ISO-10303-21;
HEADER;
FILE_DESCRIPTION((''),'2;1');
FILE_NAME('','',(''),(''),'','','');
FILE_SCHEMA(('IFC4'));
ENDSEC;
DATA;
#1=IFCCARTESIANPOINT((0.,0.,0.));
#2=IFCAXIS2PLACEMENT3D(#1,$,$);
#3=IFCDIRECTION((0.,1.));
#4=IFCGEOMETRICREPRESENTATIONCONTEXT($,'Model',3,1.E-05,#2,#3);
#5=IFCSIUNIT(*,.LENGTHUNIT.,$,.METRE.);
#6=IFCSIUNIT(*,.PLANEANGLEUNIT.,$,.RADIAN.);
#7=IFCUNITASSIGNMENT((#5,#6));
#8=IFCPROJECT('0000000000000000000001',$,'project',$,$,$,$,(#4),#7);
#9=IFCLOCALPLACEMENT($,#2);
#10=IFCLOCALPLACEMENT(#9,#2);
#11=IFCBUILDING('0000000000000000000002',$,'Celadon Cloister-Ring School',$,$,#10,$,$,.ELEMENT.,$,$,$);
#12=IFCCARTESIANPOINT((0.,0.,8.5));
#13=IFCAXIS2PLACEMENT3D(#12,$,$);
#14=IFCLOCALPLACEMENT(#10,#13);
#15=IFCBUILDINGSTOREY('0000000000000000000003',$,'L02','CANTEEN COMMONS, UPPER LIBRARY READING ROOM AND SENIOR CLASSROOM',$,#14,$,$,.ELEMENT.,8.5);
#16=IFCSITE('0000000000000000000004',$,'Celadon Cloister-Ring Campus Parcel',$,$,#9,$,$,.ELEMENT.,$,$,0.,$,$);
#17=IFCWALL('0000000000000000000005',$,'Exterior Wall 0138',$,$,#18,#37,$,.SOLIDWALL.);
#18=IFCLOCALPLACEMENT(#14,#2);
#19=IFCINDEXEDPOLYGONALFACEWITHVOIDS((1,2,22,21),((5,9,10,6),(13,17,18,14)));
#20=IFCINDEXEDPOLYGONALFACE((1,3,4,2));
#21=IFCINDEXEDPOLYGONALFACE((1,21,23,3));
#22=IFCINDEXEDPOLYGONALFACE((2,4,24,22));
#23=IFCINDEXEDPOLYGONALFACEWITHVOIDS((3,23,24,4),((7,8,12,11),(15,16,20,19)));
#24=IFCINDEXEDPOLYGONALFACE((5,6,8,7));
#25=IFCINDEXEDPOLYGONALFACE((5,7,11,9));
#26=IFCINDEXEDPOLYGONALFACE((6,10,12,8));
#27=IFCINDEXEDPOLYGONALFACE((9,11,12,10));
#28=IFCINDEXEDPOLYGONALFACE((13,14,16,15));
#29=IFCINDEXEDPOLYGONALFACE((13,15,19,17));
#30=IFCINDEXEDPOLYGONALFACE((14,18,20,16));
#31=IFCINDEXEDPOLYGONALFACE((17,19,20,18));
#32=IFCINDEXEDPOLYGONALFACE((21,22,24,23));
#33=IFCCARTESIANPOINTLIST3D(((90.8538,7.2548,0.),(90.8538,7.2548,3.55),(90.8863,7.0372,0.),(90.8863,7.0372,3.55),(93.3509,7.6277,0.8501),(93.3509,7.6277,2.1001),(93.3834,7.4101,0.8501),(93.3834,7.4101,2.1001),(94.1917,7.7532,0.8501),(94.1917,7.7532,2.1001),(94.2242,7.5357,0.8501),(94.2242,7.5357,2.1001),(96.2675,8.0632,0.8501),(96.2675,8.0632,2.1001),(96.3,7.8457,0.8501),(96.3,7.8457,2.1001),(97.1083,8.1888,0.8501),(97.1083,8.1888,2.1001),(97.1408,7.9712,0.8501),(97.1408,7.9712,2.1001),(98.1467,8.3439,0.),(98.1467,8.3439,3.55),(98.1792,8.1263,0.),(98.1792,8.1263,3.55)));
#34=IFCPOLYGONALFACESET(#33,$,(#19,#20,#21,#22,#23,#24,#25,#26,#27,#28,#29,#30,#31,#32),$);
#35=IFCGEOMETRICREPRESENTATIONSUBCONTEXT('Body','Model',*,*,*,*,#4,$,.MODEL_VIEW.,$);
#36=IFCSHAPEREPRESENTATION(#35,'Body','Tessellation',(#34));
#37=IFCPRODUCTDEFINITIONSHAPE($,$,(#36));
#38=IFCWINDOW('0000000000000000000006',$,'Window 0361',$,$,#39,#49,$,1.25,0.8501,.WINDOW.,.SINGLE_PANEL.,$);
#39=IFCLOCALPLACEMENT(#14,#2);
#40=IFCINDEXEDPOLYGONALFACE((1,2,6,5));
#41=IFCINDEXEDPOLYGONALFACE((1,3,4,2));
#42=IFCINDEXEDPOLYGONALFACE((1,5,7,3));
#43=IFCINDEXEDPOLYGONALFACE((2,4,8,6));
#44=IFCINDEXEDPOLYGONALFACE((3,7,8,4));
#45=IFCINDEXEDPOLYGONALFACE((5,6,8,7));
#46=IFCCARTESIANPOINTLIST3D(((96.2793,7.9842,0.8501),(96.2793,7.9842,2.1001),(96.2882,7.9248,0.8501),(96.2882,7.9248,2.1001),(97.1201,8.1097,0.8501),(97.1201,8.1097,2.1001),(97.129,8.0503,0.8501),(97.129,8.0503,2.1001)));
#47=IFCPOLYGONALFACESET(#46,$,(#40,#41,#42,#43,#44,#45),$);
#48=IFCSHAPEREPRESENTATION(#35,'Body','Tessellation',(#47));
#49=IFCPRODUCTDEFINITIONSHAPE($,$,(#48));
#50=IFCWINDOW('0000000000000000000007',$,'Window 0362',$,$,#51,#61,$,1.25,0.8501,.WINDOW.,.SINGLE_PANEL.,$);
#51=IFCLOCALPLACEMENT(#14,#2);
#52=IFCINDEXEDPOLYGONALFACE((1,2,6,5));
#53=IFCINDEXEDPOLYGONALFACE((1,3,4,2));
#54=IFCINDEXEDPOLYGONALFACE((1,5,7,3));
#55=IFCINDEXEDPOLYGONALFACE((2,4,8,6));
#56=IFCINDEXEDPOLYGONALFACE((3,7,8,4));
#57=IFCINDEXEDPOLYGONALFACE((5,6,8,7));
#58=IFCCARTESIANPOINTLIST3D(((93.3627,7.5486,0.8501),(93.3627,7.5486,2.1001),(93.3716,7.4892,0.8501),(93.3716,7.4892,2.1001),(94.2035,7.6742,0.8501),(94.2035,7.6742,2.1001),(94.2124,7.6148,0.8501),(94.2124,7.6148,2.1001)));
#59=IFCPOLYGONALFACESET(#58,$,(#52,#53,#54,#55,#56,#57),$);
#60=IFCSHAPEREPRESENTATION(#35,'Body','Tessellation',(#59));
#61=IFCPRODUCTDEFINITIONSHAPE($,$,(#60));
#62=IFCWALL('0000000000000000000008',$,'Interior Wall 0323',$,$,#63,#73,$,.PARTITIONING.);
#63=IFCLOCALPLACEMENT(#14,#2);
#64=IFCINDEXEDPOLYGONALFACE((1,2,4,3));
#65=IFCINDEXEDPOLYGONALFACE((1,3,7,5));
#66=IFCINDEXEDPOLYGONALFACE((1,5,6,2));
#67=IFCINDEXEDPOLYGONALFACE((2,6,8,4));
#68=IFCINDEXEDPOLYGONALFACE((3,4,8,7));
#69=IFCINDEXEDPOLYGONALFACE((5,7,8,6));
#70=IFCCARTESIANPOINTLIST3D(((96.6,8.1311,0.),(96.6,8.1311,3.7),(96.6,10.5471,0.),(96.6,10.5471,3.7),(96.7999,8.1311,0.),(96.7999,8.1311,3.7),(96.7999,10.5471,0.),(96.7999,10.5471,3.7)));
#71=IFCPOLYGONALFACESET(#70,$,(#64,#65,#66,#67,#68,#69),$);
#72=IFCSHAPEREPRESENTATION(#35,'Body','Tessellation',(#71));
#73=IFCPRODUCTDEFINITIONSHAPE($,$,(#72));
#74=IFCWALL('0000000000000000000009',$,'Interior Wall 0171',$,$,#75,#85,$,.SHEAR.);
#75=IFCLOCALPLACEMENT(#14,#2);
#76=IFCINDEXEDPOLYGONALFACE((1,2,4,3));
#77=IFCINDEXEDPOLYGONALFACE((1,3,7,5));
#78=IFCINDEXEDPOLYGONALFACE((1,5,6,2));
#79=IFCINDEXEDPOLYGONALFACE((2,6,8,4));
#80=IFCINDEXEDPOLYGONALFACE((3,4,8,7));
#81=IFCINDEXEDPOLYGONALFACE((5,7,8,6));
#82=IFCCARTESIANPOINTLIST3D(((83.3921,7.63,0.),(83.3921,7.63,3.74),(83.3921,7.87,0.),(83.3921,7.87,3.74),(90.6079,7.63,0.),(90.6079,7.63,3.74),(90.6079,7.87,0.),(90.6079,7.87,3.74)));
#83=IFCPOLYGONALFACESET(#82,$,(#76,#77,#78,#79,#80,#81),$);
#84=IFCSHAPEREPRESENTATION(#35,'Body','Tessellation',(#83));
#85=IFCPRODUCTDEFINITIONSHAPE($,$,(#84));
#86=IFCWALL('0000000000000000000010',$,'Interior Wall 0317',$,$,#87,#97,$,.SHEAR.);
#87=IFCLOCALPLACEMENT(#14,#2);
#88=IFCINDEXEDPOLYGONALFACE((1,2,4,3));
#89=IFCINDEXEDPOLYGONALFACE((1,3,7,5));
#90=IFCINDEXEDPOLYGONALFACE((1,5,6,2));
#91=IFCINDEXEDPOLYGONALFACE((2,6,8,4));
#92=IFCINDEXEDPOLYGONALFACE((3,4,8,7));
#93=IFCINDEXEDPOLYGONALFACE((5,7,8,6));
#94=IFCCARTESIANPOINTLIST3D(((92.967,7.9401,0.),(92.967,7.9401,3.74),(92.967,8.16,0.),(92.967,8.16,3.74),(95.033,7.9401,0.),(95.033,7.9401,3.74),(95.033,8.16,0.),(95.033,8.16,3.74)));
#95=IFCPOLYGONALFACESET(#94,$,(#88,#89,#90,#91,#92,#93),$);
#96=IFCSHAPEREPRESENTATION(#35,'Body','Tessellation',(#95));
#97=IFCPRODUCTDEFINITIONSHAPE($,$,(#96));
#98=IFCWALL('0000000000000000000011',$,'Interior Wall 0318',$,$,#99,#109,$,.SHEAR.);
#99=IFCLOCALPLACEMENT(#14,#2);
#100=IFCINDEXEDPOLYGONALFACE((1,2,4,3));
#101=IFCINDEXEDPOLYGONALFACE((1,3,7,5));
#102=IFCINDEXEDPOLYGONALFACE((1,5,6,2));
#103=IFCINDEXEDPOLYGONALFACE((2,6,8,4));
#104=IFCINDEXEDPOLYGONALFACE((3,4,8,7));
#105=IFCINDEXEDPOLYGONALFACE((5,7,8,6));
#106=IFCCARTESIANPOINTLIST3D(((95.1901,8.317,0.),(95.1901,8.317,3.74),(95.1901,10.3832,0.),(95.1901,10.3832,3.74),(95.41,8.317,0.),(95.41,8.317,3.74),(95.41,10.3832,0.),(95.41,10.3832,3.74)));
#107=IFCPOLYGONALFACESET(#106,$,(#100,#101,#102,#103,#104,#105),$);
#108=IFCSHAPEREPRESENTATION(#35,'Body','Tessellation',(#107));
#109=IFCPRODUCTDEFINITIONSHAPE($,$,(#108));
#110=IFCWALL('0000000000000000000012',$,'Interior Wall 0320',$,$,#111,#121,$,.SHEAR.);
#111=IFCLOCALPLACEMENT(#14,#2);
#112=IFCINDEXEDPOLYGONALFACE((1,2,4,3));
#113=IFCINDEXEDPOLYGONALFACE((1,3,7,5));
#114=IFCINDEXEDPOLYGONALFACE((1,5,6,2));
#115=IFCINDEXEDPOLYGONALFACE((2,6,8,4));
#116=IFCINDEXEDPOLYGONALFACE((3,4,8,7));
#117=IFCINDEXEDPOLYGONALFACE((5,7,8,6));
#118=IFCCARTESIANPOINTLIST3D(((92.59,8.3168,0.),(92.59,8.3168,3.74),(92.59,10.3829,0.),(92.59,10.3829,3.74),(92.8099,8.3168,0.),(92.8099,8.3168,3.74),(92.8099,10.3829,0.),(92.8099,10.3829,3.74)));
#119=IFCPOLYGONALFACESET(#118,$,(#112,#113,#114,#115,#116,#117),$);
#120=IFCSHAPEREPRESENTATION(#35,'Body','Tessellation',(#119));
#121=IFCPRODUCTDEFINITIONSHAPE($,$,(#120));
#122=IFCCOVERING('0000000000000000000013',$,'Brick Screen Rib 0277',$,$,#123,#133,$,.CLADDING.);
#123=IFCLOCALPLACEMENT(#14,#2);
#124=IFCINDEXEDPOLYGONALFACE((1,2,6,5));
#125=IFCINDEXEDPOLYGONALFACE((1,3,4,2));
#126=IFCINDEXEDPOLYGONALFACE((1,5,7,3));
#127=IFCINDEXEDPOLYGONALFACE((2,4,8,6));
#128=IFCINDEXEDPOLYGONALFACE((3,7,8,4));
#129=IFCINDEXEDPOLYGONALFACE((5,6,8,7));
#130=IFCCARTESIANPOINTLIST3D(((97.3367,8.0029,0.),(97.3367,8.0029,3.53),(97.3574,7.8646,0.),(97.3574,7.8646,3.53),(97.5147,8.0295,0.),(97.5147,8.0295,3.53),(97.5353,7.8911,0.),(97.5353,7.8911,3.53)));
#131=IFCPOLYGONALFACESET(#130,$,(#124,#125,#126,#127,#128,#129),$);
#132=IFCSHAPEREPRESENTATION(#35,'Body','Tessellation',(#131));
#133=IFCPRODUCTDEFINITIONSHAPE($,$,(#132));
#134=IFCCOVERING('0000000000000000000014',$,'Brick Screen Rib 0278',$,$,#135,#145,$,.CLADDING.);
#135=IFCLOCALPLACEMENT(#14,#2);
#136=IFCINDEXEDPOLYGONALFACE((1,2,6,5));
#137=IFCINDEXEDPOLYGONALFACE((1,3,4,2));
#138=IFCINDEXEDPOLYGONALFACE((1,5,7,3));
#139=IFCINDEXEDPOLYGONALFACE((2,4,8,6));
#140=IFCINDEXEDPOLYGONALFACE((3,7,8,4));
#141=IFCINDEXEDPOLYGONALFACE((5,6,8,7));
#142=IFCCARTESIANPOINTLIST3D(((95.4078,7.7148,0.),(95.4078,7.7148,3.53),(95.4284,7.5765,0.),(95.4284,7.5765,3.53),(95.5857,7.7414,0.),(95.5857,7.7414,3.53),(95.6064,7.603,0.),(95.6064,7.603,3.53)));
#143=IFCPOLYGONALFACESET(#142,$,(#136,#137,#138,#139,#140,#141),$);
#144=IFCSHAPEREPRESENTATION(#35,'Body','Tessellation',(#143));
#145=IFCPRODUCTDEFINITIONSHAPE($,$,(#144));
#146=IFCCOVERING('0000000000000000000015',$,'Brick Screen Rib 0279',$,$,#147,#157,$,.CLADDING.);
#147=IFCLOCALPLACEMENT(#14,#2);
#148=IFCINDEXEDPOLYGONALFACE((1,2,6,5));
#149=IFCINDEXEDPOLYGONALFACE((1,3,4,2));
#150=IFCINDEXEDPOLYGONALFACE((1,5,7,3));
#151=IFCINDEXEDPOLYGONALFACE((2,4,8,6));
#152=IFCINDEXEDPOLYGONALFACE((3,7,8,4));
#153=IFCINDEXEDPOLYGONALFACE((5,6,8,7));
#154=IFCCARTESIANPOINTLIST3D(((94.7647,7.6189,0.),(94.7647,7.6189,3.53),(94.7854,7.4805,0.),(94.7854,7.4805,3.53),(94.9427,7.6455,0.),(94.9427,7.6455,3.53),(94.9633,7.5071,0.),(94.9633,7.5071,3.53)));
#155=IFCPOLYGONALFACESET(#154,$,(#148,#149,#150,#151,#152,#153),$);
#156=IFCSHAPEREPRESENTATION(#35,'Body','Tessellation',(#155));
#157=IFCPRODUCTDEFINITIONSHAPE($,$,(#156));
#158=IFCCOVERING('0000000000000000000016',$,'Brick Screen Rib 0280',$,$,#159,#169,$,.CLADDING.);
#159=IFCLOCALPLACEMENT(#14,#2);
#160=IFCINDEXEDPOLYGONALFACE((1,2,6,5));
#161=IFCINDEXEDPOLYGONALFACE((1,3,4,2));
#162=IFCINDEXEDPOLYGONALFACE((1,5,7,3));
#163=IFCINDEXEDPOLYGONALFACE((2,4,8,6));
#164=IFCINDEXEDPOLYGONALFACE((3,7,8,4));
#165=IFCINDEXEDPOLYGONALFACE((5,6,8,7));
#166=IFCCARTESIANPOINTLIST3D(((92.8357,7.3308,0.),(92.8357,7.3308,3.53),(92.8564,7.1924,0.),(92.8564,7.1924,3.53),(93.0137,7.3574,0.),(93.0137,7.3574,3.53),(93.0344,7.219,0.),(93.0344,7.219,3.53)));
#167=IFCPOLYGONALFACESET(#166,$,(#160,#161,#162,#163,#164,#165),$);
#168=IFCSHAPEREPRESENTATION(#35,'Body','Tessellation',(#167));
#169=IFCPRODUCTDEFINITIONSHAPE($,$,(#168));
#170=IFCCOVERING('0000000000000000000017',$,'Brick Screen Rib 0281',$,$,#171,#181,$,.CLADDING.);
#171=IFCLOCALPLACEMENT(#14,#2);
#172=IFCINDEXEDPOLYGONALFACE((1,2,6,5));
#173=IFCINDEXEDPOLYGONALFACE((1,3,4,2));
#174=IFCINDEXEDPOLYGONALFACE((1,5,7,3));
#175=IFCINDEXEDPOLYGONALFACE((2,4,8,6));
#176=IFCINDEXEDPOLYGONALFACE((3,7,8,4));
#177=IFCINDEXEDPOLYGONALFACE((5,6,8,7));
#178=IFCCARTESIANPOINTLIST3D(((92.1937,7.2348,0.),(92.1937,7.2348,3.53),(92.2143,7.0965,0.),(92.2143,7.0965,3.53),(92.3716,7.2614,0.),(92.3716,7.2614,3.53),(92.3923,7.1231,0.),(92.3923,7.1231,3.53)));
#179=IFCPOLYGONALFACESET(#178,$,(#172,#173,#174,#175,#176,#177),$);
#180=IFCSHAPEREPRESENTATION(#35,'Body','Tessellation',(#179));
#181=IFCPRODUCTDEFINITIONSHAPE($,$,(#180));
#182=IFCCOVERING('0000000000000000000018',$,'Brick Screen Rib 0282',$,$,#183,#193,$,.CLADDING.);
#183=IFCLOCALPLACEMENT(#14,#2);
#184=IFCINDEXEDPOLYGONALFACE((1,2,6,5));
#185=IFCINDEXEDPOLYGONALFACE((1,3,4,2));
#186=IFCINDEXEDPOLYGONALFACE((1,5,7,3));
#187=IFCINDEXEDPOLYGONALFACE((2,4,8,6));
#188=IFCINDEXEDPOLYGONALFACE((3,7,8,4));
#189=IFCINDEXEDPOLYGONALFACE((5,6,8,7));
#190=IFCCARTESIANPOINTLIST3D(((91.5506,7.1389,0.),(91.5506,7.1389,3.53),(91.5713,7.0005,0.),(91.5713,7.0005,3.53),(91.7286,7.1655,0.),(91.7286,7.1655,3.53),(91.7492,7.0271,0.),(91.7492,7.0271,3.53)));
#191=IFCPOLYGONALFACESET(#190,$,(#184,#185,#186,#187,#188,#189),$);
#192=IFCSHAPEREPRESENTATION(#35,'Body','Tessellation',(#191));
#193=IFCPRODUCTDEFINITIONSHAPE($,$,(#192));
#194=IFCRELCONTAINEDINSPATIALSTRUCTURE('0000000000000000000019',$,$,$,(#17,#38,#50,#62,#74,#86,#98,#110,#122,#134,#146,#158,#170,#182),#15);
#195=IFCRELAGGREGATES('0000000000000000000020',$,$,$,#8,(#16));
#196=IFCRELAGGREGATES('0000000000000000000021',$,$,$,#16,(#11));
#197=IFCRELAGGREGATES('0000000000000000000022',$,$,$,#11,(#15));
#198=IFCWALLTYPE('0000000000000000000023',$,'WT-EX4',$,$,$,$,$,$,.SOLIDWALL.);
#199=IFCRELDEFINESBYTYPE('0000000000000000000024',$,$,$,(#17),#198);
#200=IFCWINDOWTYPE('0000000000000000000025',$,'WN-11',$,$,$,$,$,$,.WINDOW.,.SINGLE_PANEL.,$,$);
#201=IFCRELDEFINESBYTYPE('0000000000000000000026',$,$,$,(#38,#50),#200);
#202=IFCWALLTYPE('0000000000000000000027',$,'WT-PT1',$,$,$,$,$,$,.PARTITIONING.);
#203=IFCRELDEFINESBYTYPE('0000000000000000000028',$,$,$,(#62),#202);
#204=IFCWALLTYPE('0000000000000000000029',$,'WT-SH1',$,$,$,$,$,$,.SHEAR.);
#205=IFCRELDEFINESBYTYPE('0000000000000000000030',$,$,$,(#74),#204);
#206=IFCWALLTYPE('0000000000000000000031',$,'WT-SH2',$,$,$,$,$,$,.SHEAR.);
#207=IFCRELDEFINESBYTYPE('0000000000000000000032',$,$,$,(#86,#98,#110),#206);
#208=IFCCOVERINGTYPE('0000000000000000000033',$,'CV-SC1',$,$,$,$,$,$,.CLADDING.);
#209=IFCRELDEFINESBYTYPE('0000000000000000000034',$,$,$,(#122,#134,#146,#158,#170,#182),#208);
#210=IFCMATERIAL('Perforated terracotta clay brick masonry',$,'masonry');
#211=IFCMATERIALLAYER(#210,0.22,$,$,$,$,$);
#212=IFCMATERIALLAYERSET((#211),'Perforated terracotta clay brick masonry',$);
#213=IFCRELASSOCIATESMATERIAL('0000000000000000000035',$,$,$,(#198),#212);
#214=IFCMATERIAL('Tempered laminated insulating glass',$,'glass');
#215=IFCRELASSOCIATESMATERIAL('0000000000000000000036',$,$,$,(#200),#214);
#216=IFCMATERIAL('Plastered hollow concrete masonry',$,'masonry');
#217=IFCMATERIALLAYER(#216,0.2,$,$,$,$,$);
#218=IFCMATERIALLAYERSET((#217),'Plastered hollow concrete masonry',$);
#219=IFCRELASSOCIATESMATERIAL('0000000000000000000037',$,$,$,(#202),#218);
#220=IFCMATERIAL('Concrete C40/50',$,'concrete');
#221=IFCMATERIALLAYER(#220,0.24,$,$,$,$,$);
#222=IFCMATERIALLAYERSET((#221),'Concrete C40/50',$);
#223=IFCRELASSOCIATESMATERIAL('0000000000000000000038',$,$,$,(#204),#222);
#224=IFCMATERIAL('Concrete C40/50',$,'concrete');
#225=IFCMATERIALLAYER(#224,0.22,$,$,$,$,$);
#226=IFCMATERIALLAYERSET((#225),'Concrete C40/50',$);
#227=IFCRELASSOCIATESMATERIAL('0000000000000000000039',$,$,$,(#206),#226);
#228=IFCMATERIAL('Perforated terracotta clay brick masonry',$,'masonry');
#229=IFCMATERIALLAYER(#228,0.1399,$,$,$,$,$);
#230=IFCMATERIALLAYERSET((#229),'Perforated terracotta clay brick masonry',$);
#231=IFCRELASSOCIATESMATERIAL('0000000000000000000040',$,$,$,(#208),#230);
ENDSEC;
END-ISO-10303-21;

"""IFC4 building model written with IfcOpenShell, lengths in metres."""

from ifc_helpers import new_model, si_unit, direction, frame, frame_2d, origin, origin_2d, place, context, subcontext, project, spatial, rectangle, extrude, material, layer, layer_set, type_object, element, fill, save


model = new_model("IFC4")

# Units and contexts
model_context = context("Model", 3, precision=1e-05, world=origin(), true_north=direction((0.0, 1.0)))
body_context = subcontext(model_context, "Body", "Model", "MODEL_VIEW")
ifc_project = project(units=[si_unit("LENGTHUNIT", "METRE"), si_unit("PLANEANGLEUNIT", "RADIAN")], contexts=[model_context])

# Site, building, storey
site_placement = place(None, origin())
site = spatial("IfcSite", under=ifc_project, at=site_placement, Name="Celadon Cloister-Ring Campus Parcel", CompositionType="ELEMENT", RefElevation=0.0)
building_placement = place(site_placement, origin())
building = spatial("IfcBuilding", under=site, at=building_placement, Name="Celadon Cloister-Ring School", CompositionType="ELEMENT")
storey_placement = place(building_placement, frame((0.0, 0.0, 8.5)))
storey = spatial("IfcBuildingStorey", under=building, at=storey_placement, Name="L02", Description="CANTEEN COMMONS, UPPER LIBRARY READING ROOM AND SENIOR CLASSROOM", CompositionType="ELEMENT", Elevation=8.5)

# Wall, openings, windows
ifc_material_1 = material(Name="Perforated terracotta clay brick masonry", Category="masonry")
ifc_layer_1 = layer(ifc_material_1, 0.22)
ifc_layer_set_1 = layer_set([ifc_layer_1], Name="Perforated terracotta clay brick masonry")
wall_type_1 = type_object("IfcWallType", Name="WT-EX4", PredefinedType="SOLIDWALL", material=ifc_layer_set_1)
ifc_material_2 = material(Name="Tempered laminated insulating glass", Category="glass")
window_type = type_object("IfcWindowType", Name="WN-11", PartitioningType="SINGLE_PANEL", PredefinedType="WINDOW", material=ifc_material_2)
wall_1_placement = place(storey_placement, frame((98.1631, 8.2351, 0.0), z_axis=(0.0, 0.0, 1.0), x_axis=(-0.989032, -0.147699, 0.0)))
wall_1 = element("IfcWall", 1, at=wall_1_placement, inside=storey, type_object=wall_type_1, Name="Exterior Wall 0138", PredefinedType="SOLIDWALL", context=body_context, shape_type="SweptSolid", body=[
    extrude(rectangle(XDim=7.3738, YDim=0.22, at=frame_2d((3.687, 0.0))), origin(), (0.0, 0.0, 1.0), 3.55),
])
opening_1_placement = place(wall_1_placement, frame((1.05, 0.0, 0.8501)))
opening_1 = element("IfcOpeningElement", 2, at=opening_1_placement, cuts=wall_1, PredefinedType="OPENING", context=body_context, shape_type="SweptSolid", body=[
    extrude(rectangle(XDim=0.8501, YDim=1.25, at=frame_2d((0.425, 0.625))), frame((0.0, 0.1201, 0.0), z_axis=(0.0, -1.0, 0.0), x_axis=(1.0, 0.0, 0.0)), (0.0, 0.0, 1.0), 0.24),
])
opening_2_placement = place(wall_1_placement, frame((3.999, 0.0, 0.8501)))
opening_2 = element("IfcOpeningElement", 3, at=opening_2_placement, cuts=wall_1, PredefinedType="OPENING", context=body_context, shape_type="SweptSolid", body=[
    extrude(rectangle(XDim=0.8501, YDim=1.25, at=frame_2d((0.425, 0.625))), frame((0.0, 0.1201, 0.0), z_axis=(0.0, -1.0, 0.0), x_axis=(1.0, 0.0, 0.0)), (0.0, 0.0, 1.0), 0.24),
])
window_1_placement = place(opening_1_placement, origin())
window_1 = element("IfcWindow", 4, at=window_1_placement, inside=storey, type_object=window_type, Name="Window 0361", OverallHeight=1.25, OverallWidth=0.8501, PartitioningType="SINGLE_PANEL", PredefinedType="WINDOW", context=body_context, shape_type="SweptSolid", body=[
    extrude(rectangle(XDim=0.8501, YDim=1.25, at=frame_2d((0.425, 0.625))), frame((0.0, 0.03, 0.0), z_axis=(0.0, -1.0, 0.0), x_axis=(1.0, 0.0, 0.0)), (0.0, 0.0, 1.0), 0.0601),
])
fill(opening_1, window_1)
window_2_placement = place(opening_2_placement, origin())
window_2 = element("IfcWindow", 5, at=window_2_placement, inside=storey, type_object=window_type, Name="Window 0362", OverallHeight=1.25, OverallWidth=0.8501, PartitioningType="SINGLE_PANEL", PredefinedType="WINDOW", context=body_context, shape_type="SweptSolid", body=[
    extrude(rectangle(XDim=0.8501, YDim=1.25, at=frame_2d((0.425, 0.625))), frame((0.0, 0.03, 0.0), z_axis=(0.0, -1.0, 0.0), x_axis=(1.0, 0.0, 0.0)), (0.0, 0.0, 1.0), 0.0601),
])
fill(opening_2, window_2)

# Walls
ifc_material_3 = material(Name="Plastered hollow concrete masonry", Category="masonry")
ifc_layer_2 = layer(ifc_material_3, 0.2)
ifc_layer_set_2 = layer_set([ifc_layer_2], Name="Plastered hollow concrete masonry")
wall_type_2 = type_object("IfcWallType", Name="WT-PT1", PredefinedType="PARTITIONING", material=ifc_layer_set_2)
wall_2_placement = place(storey_placement, frame((96.7, 8.1311, 0.0), z_axis=(0.0, 0.0, 1.0), x_axis=(0.0, 1.0, 0.0)))
element("IfcWall", 6, at=wall_2_placement, inside=storey, type_object=wall_type_2, Name="Interior Wall 0323", PredefinedType="PARTITIONING", context=body_context, shape_type="SweptSolid", body=[
    extrude(rectangle(XDim=2.416, YDim=0.2, at=frame_2d((1.208, 0.0))), origin(), (0.0, 0.0, 1.0), 3.7),
])
ifc_material_4 = material(Name="Concrete C40/50", Category="concrete")
ifc_layer_3 = layer(ifc_material_4, 0.24)
ifc_layer_set_3 = layer_set([ifc_layer_3], Name="Concrete C40/50")
wall_type_3 = type_object("IfcWallType", Name="WT-SH1", PredefinedType="SHEAR", material=ifc_layer_set_3)
wall_3_placement = place(storey_placement, frame((90.6079, 7.75, 0.0), z_axis=(0.0, 0.0, 1.0), x_axis=(-1.0, 0.0, 0.0)))
element("IfcWall", 7, at=wall_3_placement, inside=storey, type_object=wall_type_3, Name="Interior Wall 0171", PredefinedType="SHEAR", context=body_context, shape_type="SweptSolid", body=[
    extrude(rectangle(XDim=7.2158, YDim=0.24, at=frame_2d((3.6079, 0.0))), origin(), (0.0, 0.0, 1.0), 3.74),
])
ifc_material_5 = material(Name="Concrete C40/50", Category="concrete")
ifc_layer_4 = layer(ifc_material_5, 0.22)
ifc_layer_set_4 = layer_set([ifc_layer_4], Name="Concrete C40/50")
wall_type_4 = type_object("IfcWallType", Name="WT-SH2", PredefinedType="SHEAR", material=ifc_layer_set_4)
wall_4_placement = place(storey_placement, frame((92.967, 8.05, 0.0), z_axis=(0.0, 0.0, 1.0), x_axis=(1.0, 0.0, 0.0)))
element("IfcWall", 8, at=wall_4_placement, inside=storey, type_object=wall_type_4, Name="Interior Wall 0317", PredefinedType="SHEAR", context=body_context, shape_type="SweptSolid", body=[
    extrude(rectangle(XDim=2.0659, YDim=0.22, at=frame_2d((1.033, 0.0))), origin(), (0.0, 0.0, 1.0), 3.74),
])
for number, where, z_axis, x_axis, name in (
    (9, (95.3, 8.3169, 0.0), (0.0, 0.0, 1.0), (0.0, 1.0, 0.0), "Interior Wall 0318"),
    (10, (92.7, 10.3831, 0.0), (0.0, 0.0, 1.0), (0.0, -1.0, 0.0), "Interior Wall 0320"),
):
    element("IfcWall", number, at=place(storey_placement, frame(where, z_axis=z_axis, x_axis=x_axis)), inside=storey, type_object=wall_type_4, Name=name, PredefinedType="SHEAR", context=body_context, shape_type="SweptSolid", body=[
        extrude(rectangle(XDim=2.0662, YDim=0.22, at=frame_2d((1.0332, 0.0))), origin(), (0.0, 0.0, 1.0), 3.74),
    ])

# Coverings
ifc_material_6 = material(Name="Perforated terracotta clay brick masonry", Category="masonry")
ifc_layer_5 = layer(ifc_material_6, 0.1399)
ifc_layer_set_5 = layer_set([ifc_layer_5], Name="Perforated terracotta clay brick masonry")
covering_type = type_object("IfcCoveringType", Name="CV-SC1", PredefinedType="CLADDING", material=ifc_layer_set_5)
for number, where, z_axis, x_axis, name in (
    (11, (97.436, 7.947, 0.0), (0.0, 0.0, 1.0), (-0.989034, -0.147689, 0.0), "Brick Screen Rib 0277"),
    (12, (95.5071, 7.6589, 0.0), (0.0, 0.0, 1.0), (-0.989034, -0.147689, 0.0), "Brick Screen Rib 0278"),
    (13, (94.864, 7.563, 0.0), (0.0, 0.0, 1.0), (-0.989034, -0.147689, 0.0), "Brick Screen Rib 0279"),
    (14, (92.9351, 7.2749, 0.0), (0.0, 0.0, 1.0), (-0.989034, -0.147689, 0.0), "Brick Screen Rib 0280"),
    (15, (92.293, 7.179, 0.0), (0.0, 0.0, 1.0), (-0.989034, -0.147689, 0.0), "Brick Screen Rib 0281"),
    (16, (91.6499, 7.083, 0.0), (0.0, 0.0, 1.0), (-0.989034, -0.147689, 0.0), "Brick Screen Rib 0282"),
):
    element("IfcCovering", number, at=place(storey_placement, frame(where, z_axis=z_axis, x_axis=x_axis)), inside=storey, type_object=covering_type, Name=name, PredefinedType="CLADDING", context=body_context, shape_type="SweptSolid", body=[
        extrude(rectangle(XDim=0.1799, YDim=0.1399, at=origin_2d()), origin(), (0.0, 0.0, 1.0), 3.53),
    ])

save(model, "model.ifc")
